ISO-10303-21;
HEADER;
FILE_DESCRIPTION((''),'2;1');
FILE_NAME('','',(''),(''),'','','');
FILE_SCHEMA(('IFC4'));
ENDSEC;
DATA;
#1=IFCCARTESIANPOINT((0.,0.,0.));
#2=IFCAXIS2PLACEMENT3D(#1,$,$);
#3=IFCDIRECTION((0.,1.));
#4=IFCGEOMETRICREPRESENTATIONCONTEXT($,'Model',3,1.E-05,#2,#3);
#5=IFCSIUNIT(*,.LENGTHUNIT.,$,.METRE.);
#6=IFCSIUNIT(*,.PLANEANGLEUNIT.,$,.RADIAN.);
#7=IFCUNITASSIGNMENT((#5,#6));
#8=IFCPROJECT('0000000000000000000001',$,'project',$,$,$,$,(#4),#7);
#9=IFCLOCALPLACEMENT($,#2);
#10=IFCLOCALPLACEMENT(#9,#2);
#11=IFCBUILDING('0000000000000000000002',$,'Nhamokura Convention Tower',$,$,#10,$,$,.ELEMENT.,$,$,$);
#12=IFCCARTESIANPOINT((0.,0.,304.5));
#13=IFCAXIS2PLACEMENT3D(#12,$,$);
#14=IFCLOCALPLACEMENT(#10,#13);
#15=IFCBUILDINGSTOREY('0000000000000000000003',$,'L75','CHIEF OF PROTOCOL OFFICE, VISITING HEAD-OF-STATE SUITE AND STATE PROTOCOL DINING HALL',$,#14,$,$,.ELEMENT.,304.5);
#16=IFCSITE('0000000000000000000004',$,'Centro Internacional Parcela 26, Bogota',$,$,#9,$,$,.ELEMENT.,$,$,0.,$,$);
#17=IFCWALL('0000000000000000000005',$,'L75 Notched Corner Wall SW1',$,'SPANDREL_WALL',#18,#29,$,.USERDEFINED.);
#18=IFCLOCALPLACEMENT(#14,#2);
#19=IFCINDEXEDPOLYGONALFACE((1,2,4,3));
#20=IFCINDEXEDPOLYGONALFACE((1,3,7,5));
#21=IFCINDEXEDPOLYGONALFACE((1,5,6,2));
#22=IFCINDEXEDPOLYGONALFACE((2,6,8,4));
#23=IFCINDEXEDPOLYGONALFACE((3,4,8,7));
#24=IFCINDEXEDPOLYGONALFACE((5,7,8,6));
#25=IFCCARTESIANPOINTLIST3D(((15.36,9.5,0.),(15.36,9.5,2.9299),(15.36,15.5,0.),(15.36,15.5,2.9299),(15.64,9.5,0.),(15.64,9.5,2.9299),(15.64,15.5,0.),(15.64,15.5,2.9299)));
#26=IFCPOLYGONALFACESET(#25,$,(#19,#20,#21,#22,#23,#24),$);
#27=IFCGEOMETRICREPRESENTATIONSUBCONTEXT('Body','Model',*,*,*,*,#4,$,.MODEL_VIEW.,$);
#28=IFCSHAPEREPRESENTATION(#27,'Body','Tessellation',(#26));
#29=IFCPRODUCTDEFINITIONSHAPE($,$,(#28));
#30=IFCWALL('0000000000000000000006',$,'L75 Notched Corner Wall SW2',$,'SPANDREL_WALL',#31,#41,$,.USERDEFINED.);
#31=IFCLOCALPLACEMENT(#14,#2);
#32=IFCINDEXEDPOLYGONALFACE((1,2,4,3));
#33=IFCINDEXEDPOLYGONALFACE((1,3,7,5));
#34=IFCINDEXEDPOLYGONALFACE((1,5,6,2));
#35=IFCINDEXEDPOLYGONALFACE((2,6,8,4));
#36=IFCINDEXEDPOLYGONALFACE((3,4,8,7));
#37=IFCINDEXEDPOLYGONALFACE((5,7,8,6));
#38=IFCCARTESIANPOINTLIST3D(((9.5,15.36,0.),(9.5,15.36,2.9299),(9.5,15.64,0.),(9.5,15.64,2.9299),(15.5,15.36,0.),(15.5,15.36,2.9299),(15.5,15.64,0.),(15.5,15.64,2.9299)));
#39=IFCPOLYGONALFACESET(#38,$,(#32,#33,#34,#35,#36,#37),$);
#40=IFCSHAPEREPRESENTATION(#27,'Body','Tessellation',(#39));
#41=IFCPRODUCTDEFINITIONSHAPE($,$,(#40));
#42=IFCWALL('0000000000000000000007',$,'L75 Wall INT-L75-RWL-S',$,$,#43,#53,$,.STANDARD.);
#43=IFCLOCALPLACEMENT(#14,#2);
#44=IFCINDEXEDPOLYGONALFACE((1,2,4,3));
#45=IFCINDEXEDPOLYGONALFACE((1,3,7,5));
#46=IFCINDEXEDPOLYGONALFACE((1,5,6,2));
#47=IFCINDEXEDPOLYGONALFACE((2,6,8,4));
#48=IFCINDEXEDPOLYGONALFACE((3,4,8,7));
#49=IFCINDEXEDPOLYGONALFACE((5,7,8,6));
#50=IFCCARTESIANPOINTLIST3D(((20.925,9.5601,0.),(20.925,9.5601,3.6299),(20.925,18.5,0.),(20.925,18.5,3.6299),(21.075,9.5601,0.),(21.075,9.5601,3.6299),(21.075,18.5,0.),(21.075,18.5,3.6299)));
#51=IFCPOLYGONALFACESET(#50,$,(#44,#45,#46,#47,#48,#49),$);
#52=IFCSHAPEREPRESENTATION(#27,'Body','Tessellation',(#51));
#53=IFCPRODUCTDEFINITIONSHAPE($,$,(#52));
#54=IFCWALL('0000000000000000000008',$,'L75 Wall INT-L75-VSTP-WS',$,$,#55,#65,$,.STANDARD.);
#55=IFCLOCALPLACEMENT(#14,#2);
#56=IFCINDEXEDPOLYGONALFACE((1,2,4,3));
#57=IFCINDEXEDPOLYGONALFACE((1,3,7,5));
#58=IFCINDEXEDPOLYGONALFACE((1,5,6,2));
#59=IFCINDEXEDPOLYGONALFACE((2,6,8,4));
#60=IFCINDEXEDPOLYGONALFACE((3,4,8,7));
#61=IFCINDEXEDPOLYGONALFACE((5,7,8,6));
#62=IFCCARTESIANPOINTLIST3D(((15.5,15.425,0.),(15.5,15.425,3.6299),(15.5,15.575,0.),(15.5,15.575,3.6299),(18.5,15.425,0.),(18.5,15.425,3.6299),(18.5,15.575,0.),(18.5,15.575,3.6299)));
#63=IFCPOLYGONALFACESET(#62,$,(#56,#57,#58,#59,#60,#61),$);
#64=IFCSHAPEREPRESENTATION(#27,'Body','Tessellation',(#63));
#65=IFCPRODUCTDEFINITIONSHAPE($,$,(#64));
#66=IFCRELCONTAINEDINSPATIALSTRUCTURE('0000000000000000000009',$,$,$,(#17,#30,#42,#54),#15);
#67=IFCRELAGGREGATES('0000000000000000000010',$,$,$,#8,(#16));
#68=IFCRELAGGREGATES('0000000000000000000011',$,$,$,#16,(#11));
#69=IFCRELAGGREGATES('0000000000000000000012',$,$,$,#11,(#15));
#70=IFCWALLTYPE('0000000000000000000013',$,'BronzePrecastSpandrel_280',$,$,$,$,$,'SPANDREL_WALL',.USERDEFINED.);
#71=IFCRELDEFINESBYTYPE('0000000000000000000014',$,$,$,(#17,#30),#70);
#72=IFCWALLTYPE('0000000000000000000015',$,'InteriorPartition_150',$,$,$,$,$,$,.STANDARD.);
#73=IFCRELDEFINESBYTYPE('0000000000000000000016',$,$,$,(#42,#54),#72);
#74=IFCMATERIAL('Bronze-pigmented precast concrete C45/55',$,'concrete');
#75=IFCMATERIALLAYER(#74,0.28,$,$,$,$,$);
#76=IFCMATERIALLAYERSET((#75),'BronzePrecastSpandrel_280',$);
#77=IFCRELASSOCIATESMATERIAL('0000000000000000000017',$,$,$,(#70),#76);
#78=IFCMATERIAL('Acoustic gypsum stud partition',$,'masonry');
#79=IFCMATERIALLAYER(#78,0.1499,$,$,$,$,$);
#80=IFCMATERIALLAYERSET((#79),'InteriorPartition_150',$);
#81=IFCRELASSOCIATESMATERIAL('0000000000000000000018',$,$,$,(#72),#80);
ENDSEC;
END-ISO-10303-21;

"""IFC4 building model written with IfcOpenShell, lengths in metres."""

from ifc_helpers import new_model, si_unit, direction, frame, frame_2d, origin, place, context, subcontext, project, spatial, rectangle, extrude, material, layer, layer_set, type_object, element, save


model = new_model("IFC4")

# Units and contexts
model_context = context("Model", 3, precision=1e-05, world=origin(), true_north=direction((0.0, 1.0)))
body_context = subcontext(model_context, "Body", "Model", "MODEL_VIEW")
ifc_project = project(units=[si_unit("LENGTHUNIT", "METRE"), si_unit("PLANEANGLEUNIT", "RADIAN")], contexts=[model_context])

# Site, building, storey
site_placement = place(None, origin())
site = spatial("IfcSite", under=ifc_project, at=site_placement, Name="Centro Internacional Parcela 26, Bogota", CompositionType="ELEMENT", RefElevation=0.0)
building_placement = place(site_placement, origin())
building = spatial("IfcBuilding", under=site, at=building_placement, Name="Nhamokura Convention Tower", CompositionType="ELEMENT")
storey_placement = place(building_placement, frame((0.0, 0.0, 304.5)))
storey = spatial("IfcBuildingStorey", under=building, at=storey_placement, Name="L75", Description="CHIEF OF PROTOCOL OFFICE, VISITING HEAD-OF-STATE SUITE AND STATE PROTOCOL DINING HALL", CompositionType="ELEMENT", Elevation=304.5)

# Walls
ifc_material_1 = material(Name="Bronze-pigmented precast concrete C45/55", Category="concrete")
ifc_layer_1 = layer(ifc_material_1, 0.28)
ifc_layer_set_1 = layer_set([ifc_layer_1], Name="BronzePrecastSpandrel_280")
wall_type_1 = type_object("IfcWallType", Name="BronzePrecastSpandrel_280", ElementType="SPANDREL_WALL", PredefinedType="USERDEFINED", material=ifc_layer_set_1)
for number, where, z_axis, x_axis, name in (
    (1, (15.5, 9.5, 0.0), (0.0, 0.0, 1.0), (0.0, 1.0, 0.0), "L75 Notched Corner Wall SW1"),
    (2, (15.5, 15.5, 0.0), (0.0, 0.0, 1.0), (-1.0, 0.0, 0.0), "L75 Notched Corner Wall SW2"),
):
    element("IfcWall", number, at=place(storey_placement, frame(where, z_axis=z_axis, x_axis=x_axis)), inside=storey, type_object=wall_type_1, Name=name, ObjectType="SPANDREL_WALL", PredefinedType="USERDEFINED", context=body_context, shape_type="SweptSolid", body=[
        extrude(rectangle(XDim=6.0, YDim=0.28, at=frame_2d((3.0, 0.0))), origin(), (0.0, 0.0, 1.0), 2.9299),
    ])
ifc_material_2 = material(Name="Acoustic gypsum stud partition", Category="masonry")
ifc_layer_2 = layer(ifc_material_2, 0.1499)
ifc_layer_set_2 = layer_set([ifc_layer_2], Name="InteriorPartition_150")
wall_type_2 = type_object("IfcWallType", Name="InteriorPartition_150", PredefinedType="STANDARD", material=ifc_layer_set_2)
wall_1_placement = place(storey_placement, frame((21.0, 9.5601, 0.0), z_axis=(0.0, 0.0, 1.0), x_axis=(0.0, 1.0, 0.0)))
element("IfcWall", 3, at=wall_1_placement, inside=storey, type_object=wall_type_2, Name="L75 Wall INT-L75-RWL-S", PredefinedType="STANDARD", context=body_context, shape_type="SweptSolid", body=[
    extrude(rectangle(XDim=8.9399, YDim=0.1499, at=frame_2d((4.47, 0.0))), origin(), (0.0, 0.0, 1.0), 3.6299),
])
wall_2_placement = place(storey_placement, frame((15.5, 15.5, 0.0), z_axis=(0.0, 0.0, 1.0), x_axis=(1.0, 0.0, 0.0)))
element("IfcWall", 4, at=wall_2_placement, inside=storey, type_object=wall_type_2, Name="L75 Wall INT-L75-VSTP-WS", PredefinedType="STANDARD", context=body_context, shape_type="SweptSolid", body=[
    extrude(rectangle(XDim=3.0, YDim=0.1499, at=frame_2d((1.5, 0.0))), origin(), (0.0, 0.0, 1.0), 3.6299),
])

save(model, "model.ifc")
